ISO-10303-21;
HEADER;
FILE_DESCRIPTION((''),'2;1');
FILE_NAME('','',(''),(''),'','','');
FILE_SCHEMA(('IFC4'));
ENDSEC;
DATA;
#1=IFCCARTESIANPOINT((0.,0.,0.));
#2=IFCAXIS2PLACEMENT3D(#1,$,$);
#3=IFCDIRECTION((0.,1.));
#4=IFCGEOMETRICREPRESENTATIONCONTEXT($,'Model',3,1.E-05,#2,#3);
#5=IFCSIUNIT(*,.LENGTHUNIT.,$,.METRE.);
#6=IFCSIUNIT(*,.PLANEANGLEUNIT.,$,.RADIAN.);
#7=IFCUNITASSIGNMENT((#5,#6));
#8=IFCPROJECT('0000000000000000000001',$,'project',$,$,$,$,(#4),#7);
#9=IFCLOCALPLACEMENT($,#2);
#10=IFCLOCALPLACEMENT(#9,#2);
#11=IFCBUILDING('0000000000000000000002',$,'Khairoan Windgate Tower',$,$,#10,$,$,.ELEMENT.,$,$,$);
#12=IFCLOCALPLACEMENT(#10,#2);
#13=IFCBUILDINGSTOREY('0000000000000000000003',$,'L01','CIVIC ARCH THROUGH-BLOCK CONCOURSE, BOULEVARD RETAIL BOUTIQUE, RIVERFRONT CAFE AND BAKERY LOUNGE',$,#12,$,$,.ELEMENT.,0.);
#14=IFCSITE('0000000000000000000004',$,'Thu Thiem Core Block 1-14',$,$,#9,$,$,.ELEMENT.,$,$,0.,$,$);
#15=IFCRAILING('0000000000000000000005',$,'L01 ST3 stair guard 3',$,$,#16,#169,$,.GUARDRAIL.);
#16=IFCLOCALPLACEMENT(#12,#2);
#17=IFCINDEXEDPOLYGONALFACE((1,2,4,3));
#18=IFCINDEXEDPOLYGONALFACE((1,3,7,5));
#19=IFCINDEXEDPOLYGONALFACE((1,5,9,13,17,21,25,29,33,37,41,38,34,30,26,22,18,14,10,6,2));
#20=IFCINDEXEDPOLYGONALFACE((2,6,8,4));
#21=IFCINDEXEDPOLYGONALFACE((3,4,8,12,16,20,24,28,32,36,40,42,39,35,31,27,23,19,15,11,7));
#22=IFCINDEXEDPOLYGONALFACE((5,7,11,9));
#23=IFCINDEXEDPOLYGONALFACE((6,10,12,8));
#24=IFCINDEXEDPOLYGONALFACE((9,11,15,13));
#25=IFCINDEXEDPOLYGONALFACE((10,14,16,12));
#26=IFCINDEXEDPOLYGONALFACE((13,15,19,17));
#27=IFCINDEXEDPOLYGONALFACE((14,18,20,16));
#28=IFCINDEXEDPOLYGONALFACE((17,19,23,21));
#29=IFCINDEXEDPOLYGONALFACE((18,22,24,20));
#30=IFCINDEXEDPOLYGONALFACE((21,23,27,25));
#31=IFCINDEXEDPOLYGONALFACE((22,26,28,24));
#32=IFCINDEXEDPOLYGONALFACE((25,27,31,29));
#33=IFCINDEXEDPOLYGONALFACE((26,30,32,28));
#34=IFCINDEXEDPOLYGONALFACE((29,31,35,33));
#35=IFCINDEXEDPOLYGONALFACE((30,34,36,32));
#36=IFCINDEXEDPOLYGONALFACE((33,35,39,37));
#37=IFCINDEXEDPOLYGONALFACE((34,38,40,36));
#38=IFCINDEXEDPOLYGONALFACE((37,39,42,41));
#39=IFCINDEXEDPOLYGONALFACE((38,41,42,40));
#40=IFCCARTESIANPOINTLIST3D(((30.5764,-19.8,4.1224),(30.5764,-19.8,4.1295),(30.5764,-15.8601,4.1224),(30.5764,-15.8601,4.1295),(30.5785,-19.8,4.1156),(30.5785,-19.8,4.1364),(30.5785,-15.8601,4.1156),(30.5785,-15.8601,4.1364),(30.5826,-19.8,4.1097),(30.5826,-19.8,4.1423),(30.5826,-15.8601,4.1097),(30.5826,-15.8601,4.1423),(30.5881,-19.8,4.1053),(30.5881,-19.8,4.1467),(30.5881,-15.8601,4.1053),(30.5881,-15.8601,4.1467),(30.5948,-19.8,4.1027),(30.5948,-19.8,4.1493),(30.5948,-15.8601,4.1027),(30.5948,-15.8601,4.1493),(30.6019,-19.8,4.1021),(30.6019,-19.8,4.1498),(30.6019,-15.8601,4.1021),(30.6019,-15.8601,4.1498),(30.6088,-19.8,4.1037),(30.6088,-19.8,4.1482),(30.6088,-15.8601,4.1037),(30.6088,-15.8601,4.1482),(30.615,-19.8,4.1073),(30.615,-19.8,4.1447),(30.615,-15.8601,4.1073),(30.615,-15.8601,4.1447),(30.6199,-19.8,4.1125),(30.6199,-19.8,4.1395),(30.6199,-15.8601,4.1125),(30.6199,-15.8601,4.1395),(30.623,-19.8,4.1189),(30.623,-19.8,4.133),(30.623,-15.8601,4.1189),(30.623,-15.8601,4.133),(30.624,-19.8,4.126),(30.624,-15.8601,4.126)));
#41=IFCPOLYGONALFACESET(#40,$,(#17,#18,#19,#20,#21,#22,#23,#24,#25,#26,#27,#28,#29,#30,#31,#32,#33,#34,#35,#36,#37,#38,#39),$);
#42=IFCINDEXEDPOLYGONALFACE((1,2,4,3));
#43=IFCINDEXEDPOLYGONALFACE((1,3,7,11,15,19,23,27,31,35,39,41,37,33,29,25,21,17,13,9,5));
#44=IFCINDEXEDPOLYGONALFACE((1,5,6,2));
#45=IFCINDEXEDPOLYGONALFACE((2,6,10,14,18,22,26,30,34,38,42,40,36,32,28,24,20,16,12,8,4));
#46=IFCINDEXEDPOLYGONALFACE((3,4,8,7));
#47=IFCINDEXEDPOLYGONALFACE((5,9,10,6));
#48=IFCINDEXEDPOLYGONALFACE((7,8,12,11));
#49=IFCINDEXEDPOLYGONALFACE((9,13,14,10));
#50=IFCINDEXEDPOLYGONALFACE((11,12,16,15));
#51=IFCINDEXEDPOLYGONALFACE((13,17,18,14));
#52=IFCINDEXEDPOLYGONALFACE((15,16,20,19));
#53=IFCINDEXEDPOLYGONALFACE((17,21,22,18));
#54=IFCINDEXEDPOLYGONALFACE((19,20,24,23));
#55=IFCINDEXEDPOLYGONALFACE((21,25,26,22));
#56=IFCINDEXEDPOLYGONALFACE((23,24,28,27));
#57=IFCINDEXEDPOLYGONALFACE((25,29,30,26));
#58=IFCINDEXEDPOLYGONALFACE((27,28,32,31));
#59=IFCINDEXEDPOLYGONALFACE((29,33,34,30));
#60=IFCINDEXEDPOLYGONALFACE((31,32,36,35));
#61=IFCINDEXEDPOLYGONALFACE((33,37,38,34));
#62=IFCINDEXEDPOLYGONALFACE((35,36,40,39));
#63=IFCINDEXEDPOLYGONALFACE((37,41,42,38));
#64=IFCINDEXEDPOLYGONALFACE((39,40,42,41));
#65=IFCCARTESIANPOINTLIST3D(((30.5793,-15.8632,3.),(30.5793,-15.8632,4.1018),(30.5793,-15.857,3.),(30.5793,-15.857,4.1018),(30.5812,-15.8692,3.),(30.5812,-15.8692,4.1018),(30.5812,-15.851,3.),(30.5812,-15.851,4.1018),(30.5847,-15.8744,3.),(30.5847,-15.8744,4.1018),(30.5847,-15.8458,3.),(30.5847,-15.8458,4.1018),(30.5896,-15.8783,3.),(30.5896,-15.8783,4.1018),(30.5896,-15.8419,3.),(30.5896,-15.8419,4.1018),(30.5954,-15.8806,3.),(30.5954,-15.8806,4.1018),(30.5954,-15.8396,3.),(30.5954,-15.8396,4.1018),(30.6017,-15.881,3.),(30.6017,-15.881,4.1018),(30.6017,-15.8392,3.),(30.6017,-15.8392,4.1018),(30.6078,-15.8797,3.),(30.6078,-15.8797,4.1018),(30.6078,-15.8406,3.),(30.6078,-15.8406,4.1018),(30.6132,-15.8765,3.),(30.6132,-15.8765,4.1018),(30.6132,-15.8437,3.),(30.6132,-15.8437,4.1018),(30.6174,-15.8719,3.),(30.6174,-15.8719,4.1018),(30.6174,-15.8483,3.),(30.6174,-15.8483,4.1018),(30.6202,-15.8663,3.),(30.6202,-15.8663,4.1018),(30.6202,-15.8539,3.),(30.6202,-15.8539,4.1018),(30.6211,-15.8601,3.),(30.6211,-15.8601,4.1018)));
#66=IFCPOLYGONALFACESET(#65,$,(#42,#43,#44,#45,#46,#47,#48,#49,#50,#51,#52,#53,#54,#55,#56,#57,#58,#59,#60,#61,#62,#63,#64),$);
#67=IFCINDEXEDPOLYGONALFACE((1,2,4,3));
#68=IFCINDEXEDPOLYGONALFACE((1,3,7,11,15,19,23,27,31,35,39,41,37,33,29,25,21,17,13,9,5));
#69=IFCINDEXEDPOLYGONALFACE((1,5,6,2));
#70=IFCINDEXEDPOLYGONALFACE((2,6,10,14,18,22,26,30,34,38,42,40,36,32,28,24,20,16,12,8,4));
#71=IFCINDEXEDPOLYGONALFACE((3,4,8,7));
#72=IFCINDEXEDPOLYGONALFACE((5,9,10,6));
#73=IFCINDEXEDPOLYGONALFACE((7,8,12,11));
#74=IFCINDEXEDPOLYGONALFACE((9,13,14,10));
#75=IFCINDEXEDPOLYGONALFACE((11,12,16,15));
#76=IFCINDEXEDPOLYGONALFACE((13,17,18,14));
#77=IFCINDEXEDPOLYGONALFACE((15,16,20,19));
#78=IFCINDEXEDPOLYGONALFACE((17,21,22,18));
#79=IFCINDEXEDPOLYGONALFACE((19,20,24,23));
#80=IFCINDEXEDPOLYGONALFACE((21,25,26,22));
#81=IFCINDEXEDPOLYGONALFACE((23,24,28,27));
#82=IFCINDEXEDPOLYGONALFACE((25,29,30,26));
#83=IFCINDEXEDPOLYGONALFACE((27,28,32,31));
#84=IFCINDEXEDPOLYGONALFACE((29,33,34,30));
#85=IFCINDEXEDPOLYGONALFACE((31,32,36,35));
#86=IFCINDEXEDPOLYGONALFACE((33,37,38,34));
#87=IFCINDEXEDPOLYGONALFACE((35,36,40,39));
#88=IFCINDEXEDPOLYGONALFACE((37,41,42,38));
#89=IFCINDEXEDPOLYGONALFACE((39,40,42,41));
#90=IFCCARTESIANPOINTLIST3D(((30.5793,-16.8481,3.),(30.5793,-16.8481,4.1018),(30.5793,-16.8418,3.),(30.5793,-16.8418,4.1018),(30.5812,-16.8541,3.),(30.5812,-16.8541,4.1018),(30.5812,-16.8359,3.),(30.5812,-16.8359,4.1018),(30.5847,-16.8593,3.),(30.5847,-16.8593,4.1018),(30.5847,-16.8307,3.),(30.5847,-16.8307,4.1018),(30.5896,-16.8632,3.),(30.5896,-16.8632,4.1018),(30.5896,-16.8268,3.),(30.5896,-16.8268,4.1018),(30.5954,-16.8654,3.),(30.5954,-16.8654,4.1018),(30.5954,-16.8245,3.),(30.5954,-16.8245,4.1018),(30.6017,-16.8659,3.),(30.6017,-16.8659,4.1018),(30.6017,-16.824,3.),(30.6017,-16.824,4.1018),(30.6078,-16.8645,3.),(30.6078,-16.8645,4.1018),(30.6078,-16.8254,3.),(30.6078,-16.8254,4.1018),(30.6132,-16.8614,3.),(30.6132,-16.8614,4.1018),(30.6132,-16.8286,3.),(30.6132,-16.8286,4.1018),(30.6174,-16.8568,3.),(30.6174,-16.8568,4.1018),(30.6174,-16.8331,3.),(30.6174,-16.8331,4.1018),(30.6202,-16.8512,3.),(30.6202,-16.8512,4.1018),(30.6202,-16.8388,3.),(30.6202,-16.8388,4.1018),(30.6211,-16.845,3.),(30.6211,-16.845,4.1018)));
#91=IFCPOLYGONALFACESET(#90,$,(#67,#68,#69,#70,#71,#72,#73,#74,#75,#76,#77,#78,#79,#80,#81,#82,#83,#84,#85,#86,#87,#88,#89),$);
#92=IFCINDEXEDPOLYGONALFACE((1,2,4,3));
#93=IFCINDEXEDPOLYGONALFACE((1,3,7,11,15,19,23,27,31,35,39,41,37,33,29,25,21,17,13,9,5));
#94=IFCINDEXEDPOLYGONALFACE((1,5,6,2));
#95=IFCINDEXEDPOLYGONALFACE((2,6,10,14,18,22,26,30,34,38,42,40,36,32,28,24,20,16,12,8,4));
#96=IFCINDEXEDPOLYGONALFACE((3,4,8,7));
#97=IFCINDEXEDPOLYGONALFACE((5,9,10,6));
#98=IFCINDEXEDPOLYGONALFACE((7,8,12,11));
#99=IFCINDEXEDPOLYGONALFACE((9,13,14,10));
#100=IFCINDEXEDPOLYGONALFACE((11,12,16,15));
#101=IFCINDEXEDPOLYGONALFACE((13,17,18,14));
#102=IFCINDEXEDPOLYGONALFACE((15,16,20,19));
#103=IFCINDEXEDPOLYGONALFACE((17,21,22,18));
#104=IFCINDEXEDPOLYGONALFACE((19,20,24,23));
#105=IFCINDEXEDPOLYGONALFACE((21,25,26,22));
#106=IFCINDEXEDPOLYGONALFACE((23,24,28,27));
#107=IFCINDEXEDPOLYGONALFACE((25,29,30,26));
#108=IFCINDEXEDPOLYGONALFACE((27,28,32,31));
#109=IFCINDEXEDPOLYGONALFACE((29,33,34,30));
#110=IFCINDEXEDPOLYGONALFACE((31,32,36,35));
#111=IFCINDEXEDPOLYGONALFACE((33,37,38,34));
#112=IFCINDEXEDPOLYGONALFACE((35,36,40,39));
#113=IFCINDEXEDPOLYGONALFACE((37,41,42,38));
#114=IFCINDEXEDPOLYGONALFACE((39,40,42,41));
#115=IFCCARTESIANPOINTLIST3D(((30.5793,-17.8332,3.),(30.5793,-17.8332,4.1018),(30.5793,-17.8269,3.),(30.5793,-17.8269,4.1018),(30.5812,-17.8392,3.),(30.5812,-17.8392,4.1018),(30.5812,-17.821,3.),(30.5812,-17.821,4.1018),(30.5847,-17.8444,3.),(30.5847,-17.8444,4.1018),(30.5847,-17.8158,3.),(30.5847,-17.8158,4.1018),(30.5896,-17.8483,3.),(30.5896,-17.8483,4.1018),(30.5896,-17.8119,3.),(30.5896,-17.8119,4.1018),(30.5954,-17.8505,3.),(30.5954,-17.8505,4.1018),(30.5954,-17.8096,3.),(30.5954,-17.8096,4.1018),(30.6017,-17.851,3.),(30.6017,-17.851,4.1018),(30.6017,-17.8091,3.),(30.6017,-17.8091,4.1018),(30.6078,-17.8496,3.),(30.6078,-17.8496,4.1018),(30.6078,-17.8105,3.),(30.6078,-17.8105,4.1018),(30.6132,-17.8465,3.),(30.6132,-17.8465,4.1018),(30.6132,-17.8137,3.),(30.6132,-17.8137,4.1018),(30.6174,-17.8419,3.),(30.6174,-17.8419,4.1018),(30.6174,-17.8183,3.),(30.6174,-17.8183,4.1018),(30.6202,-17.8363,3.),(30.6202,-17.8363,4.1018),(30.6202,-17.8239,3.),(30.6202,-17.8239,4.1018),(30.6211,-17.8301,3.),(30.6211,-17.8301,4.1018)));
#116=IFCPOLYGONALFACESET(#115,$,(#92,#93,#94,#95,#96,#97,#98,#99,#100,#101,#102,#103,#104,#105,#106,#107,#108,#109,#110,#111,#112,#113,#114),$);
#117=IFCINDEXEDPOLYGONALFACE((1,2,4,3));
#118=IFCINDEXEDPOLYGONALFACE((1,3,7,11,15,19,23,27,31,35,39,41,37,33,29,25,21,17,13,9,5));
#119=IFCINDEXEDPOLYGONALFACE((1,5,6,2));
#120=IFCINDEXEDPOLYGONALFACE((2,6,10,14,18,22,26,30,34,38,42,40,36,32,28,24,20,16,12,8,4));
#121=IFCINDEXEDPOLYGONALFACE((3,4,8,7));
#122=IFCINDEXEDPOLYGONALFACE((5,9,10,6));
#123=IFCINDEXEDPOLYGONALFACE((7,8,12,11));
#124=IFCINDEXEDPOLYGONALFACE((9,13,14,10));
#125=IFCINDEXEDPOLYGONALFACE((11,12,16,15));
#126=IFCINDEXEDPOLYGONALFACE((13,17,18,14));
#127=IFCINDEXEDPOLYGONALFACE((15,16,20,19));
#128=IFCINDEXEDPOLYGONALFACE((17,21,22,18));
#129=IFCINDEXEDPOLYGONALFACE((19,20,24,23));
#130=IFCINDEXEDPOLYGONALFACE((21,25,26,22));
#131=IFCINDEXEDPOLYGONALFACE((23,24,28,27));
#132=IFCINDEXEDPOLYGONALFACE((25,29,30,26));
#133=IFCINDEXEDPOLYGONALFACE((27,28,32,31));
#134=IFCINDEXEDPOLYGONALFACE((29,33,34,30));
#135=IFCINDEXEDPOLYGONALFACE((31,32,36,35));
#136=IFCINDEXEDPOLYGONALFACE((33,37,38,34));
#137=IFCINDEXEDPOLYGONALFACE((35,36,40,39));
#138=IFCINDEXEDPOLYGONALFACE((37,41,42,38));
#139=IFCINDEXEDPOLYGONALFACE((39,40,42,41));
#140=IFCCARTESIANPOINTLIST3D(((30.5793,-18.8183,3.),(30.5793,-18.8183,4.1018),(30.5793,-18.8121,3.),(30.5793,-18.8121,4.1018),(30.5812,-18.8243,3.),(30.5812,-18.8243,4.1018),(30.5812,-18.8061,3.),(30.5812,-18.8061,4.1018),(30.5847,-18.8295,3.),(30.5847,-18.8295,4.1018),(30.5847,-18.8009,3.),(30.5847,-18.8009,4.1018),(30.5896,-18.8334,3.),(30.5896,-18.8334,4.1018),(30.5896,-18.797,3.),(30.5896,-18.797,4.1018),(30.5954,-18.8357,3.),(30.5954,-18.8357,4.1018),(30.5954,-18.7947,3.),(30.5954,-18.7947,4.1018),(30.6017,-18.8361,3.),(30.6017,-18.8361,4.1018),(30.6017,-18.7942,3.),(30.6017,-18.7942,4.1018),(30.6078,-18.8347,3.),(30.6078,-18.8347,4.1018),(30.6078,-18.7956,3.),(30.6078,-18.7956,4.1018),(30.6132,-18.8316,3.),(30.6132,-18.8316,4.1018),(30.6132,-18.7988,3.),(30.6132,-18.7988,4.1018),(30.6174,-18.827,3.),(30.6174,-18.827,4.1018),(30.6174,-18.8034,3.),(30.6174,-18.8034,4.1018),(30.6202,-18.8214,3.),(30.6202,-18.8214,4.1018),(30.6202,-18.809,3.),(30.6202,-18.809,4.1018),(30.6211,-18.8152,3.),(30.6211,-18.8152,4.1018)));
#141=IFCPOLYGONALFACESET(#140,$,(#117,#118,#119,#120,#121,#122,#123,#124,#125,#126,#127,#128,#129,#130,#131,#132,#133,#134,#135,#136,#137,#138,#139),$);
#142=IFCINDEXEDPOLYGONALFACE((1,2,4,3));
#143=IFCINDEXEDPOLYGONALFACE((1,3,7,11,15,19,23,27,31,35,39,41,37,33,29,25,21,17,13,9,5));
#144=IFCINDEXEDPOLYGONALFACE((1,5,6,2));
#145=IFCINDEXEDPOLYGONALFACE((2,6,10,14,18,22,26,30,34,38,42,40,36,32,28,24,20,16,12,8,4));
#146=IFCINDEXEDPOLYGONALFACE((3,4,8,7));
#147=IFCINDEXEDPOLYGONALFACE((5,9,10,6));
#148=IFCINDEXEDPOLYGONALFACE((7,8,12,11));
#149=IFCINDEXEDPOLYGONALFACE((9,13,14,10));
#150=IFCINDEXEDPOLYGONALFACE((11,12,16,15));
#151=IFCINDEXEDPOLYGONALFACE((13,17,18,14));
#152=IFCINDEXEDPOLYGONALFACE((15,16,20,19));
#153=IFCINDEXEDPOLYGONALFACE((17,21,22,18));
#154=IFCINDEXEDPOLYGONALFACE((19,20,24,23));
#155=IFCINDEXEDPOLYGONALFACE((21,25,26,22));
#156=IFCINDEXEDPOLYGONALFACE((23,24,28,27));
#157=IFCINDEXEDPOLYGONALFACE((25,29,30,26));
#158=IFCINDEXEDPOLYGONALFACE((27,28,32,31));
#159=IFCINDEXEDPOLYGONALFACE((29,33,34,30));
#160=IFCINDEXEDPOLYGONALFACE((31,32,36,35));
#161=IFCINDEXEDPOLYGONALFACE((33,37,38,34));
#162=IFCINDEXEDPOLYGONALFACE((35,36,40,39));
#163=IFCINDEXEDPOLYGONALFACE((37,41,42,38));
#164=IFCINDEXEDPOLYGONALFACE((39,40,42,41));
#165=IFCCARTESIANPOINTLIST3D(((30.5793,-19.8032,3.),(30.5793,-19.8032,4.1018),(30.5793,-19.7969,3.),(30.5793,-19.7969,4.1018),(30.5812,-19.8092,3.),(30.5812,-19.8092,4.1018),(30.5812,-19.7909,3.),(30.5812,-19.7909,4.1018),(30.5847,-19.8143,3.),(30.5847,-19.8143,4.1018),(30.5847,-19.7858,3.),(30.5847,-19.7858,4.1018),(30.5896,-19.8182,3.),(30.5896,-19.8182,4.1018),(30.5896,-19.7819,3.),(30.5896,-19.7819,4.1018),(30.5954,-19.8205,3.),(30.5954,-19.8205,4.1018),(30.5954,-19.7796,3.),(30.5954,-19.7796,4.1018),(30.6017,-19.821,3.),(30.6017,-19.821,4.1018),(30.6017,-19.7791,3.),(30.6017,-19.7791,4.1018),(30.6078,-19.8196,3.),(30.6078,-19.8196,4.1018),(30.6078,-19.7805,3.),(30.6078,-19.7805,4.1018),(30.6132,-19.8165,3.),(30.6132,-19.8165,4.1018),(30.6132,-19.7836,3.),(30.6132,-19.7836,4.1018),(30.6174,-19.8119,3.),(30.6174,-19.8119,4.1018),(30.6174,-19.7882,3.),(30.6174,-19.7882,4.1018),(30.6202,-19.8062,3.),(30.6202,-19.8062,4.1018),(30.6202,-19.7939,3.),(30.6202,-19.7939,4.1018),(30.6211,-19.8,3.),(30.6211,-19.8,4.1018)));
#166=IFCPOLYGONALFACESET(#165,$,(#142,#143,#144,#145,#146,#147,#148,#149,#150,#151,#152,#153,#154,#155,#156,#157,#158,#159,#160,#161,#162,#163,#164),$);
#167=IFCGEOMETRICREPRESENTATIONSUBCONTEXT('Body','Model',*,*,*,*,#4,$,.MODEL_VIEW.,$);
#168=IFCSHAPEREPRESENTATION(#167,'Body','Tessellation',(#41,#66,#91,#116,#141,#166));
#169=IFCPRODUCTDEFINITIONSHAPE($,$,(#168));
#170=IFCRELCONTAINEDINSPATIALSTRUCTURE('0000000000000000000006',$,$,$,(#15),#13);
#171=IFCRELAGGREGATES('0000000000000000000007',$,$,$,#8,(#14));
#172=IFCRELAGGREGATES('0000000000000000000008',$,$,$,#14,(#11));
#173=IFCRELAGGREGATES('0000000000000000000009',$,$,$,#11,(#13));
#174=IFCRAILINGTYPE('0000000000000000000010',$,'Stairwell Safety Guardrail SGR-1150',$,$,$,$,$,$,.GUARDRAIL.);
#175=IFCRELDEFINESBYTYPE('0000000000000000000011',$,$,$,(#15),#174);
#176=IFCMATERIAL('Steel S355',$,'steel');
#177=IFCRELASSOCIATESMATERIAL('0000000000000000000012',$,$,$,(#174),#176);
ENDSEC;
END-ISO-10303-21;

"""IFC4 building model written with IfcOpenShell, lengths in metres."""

from ifc_helpers import new_model, si_unit, direction, frame, origin, origin_2d, place, context, subcontext, project, spatial, circle, extrude, material, type_object, element, save


model = new_model("IFC4")

# Units and contexts
model_context = context("Model", 3, precision=1e-05, world=origin(), true_north=direction((0.0, 1.0)))
body_context = subcontext(model_context, "Body", "Model", "MODEL_VIEW")
ifc_project = project(units=[si_unit("LENGTHUNIT", "METRE"), si_unit("PLANEANGLEUNIT", "RADIAN")], contexts=[model_context])

# Site, building, storey
site_placement = place(None, origin())
site = spatial("IfcSite", under=ifc_project, at=site_placement, Name="Thu Thiem Core Block 1-14", CompositionType="ELEMENT", RefElevation=0.0)
building_placement = place(site_placement, origin())
building = spatial("IfcBuilding", under=site, at=building_placement, Name="Khairoan Windgate Tower", CompositionType="ELEMENT")
storey_placement = place(building_placement, origin())
storey = spatial("IfcBuildingStorey", under=building, at=storey_placement, Name="L01", Description="CIVIC ARCH THROUGH-BLOCK CONCOURSE, BOULEVARD RETAIL BOUTIQUE, RIVERFRONT CAFE AND BAKERY LOUNGE", CompositionType="ELEMENT", Elevation=0.0)

# Railing
ifc_material_1 = material(Name="Steel S355", Category="steel")
railing_type = type_object("IfcRailingType", Name="Stairwell Safety Guardrail SGR-1150", PredefinedType="GUARDRAIL", material=ifc_material_1)
railing_1_placement = place(storey_placement, frame((30.6001, -15.8601, 3.0)))
element("IfcRailing", 1, at=railing_1_placement, inside=storey, type_object=railing_type, Name="L01 ST3 stair guard 3", PredefinedType="GUARDRAIL", context=body_context, shape_type="SweptSolid", body=[
    extrude(circle(Radius=0.0239, at=origin_2d()), frame((0.0, 0.0, 1.126), z_axis=(0.0, -1.0, 0.0), x_axis=(1.0, 0.0, 0.0)), (0.0, 0.0, 1.0), 3.9399),
    extrude(circle(Radius=0.021, at=origin_2d()), origin(), (0.0, 0.0, 1.0), 1.1018),
    extrude(circle(Radius=0.021, at=origin_2d()), frame((0.0, -0.9849, 0.0)), (0.0, 0.0, 1.0), 1.1018),
    extrude(circle(Radius=0.021, at=origin_2d()), frame((0.0, -1.97, 0.0)), (0.0, 0.0, 1.0), 1.1018),
    extrude(circle(Radius=0.021, at=origin_2d()), frame((0.0, -2.9551, 0.0)), (0.0, 0.0, 1.0), 1.1018),
    extrude(circle(Radius=0.021, at=origin_2d()), frame((0.0, -3.9399, 0.0)), (0.0, 0.0, 1.0), 1.1018),
])

save(model, "model.ifc")
